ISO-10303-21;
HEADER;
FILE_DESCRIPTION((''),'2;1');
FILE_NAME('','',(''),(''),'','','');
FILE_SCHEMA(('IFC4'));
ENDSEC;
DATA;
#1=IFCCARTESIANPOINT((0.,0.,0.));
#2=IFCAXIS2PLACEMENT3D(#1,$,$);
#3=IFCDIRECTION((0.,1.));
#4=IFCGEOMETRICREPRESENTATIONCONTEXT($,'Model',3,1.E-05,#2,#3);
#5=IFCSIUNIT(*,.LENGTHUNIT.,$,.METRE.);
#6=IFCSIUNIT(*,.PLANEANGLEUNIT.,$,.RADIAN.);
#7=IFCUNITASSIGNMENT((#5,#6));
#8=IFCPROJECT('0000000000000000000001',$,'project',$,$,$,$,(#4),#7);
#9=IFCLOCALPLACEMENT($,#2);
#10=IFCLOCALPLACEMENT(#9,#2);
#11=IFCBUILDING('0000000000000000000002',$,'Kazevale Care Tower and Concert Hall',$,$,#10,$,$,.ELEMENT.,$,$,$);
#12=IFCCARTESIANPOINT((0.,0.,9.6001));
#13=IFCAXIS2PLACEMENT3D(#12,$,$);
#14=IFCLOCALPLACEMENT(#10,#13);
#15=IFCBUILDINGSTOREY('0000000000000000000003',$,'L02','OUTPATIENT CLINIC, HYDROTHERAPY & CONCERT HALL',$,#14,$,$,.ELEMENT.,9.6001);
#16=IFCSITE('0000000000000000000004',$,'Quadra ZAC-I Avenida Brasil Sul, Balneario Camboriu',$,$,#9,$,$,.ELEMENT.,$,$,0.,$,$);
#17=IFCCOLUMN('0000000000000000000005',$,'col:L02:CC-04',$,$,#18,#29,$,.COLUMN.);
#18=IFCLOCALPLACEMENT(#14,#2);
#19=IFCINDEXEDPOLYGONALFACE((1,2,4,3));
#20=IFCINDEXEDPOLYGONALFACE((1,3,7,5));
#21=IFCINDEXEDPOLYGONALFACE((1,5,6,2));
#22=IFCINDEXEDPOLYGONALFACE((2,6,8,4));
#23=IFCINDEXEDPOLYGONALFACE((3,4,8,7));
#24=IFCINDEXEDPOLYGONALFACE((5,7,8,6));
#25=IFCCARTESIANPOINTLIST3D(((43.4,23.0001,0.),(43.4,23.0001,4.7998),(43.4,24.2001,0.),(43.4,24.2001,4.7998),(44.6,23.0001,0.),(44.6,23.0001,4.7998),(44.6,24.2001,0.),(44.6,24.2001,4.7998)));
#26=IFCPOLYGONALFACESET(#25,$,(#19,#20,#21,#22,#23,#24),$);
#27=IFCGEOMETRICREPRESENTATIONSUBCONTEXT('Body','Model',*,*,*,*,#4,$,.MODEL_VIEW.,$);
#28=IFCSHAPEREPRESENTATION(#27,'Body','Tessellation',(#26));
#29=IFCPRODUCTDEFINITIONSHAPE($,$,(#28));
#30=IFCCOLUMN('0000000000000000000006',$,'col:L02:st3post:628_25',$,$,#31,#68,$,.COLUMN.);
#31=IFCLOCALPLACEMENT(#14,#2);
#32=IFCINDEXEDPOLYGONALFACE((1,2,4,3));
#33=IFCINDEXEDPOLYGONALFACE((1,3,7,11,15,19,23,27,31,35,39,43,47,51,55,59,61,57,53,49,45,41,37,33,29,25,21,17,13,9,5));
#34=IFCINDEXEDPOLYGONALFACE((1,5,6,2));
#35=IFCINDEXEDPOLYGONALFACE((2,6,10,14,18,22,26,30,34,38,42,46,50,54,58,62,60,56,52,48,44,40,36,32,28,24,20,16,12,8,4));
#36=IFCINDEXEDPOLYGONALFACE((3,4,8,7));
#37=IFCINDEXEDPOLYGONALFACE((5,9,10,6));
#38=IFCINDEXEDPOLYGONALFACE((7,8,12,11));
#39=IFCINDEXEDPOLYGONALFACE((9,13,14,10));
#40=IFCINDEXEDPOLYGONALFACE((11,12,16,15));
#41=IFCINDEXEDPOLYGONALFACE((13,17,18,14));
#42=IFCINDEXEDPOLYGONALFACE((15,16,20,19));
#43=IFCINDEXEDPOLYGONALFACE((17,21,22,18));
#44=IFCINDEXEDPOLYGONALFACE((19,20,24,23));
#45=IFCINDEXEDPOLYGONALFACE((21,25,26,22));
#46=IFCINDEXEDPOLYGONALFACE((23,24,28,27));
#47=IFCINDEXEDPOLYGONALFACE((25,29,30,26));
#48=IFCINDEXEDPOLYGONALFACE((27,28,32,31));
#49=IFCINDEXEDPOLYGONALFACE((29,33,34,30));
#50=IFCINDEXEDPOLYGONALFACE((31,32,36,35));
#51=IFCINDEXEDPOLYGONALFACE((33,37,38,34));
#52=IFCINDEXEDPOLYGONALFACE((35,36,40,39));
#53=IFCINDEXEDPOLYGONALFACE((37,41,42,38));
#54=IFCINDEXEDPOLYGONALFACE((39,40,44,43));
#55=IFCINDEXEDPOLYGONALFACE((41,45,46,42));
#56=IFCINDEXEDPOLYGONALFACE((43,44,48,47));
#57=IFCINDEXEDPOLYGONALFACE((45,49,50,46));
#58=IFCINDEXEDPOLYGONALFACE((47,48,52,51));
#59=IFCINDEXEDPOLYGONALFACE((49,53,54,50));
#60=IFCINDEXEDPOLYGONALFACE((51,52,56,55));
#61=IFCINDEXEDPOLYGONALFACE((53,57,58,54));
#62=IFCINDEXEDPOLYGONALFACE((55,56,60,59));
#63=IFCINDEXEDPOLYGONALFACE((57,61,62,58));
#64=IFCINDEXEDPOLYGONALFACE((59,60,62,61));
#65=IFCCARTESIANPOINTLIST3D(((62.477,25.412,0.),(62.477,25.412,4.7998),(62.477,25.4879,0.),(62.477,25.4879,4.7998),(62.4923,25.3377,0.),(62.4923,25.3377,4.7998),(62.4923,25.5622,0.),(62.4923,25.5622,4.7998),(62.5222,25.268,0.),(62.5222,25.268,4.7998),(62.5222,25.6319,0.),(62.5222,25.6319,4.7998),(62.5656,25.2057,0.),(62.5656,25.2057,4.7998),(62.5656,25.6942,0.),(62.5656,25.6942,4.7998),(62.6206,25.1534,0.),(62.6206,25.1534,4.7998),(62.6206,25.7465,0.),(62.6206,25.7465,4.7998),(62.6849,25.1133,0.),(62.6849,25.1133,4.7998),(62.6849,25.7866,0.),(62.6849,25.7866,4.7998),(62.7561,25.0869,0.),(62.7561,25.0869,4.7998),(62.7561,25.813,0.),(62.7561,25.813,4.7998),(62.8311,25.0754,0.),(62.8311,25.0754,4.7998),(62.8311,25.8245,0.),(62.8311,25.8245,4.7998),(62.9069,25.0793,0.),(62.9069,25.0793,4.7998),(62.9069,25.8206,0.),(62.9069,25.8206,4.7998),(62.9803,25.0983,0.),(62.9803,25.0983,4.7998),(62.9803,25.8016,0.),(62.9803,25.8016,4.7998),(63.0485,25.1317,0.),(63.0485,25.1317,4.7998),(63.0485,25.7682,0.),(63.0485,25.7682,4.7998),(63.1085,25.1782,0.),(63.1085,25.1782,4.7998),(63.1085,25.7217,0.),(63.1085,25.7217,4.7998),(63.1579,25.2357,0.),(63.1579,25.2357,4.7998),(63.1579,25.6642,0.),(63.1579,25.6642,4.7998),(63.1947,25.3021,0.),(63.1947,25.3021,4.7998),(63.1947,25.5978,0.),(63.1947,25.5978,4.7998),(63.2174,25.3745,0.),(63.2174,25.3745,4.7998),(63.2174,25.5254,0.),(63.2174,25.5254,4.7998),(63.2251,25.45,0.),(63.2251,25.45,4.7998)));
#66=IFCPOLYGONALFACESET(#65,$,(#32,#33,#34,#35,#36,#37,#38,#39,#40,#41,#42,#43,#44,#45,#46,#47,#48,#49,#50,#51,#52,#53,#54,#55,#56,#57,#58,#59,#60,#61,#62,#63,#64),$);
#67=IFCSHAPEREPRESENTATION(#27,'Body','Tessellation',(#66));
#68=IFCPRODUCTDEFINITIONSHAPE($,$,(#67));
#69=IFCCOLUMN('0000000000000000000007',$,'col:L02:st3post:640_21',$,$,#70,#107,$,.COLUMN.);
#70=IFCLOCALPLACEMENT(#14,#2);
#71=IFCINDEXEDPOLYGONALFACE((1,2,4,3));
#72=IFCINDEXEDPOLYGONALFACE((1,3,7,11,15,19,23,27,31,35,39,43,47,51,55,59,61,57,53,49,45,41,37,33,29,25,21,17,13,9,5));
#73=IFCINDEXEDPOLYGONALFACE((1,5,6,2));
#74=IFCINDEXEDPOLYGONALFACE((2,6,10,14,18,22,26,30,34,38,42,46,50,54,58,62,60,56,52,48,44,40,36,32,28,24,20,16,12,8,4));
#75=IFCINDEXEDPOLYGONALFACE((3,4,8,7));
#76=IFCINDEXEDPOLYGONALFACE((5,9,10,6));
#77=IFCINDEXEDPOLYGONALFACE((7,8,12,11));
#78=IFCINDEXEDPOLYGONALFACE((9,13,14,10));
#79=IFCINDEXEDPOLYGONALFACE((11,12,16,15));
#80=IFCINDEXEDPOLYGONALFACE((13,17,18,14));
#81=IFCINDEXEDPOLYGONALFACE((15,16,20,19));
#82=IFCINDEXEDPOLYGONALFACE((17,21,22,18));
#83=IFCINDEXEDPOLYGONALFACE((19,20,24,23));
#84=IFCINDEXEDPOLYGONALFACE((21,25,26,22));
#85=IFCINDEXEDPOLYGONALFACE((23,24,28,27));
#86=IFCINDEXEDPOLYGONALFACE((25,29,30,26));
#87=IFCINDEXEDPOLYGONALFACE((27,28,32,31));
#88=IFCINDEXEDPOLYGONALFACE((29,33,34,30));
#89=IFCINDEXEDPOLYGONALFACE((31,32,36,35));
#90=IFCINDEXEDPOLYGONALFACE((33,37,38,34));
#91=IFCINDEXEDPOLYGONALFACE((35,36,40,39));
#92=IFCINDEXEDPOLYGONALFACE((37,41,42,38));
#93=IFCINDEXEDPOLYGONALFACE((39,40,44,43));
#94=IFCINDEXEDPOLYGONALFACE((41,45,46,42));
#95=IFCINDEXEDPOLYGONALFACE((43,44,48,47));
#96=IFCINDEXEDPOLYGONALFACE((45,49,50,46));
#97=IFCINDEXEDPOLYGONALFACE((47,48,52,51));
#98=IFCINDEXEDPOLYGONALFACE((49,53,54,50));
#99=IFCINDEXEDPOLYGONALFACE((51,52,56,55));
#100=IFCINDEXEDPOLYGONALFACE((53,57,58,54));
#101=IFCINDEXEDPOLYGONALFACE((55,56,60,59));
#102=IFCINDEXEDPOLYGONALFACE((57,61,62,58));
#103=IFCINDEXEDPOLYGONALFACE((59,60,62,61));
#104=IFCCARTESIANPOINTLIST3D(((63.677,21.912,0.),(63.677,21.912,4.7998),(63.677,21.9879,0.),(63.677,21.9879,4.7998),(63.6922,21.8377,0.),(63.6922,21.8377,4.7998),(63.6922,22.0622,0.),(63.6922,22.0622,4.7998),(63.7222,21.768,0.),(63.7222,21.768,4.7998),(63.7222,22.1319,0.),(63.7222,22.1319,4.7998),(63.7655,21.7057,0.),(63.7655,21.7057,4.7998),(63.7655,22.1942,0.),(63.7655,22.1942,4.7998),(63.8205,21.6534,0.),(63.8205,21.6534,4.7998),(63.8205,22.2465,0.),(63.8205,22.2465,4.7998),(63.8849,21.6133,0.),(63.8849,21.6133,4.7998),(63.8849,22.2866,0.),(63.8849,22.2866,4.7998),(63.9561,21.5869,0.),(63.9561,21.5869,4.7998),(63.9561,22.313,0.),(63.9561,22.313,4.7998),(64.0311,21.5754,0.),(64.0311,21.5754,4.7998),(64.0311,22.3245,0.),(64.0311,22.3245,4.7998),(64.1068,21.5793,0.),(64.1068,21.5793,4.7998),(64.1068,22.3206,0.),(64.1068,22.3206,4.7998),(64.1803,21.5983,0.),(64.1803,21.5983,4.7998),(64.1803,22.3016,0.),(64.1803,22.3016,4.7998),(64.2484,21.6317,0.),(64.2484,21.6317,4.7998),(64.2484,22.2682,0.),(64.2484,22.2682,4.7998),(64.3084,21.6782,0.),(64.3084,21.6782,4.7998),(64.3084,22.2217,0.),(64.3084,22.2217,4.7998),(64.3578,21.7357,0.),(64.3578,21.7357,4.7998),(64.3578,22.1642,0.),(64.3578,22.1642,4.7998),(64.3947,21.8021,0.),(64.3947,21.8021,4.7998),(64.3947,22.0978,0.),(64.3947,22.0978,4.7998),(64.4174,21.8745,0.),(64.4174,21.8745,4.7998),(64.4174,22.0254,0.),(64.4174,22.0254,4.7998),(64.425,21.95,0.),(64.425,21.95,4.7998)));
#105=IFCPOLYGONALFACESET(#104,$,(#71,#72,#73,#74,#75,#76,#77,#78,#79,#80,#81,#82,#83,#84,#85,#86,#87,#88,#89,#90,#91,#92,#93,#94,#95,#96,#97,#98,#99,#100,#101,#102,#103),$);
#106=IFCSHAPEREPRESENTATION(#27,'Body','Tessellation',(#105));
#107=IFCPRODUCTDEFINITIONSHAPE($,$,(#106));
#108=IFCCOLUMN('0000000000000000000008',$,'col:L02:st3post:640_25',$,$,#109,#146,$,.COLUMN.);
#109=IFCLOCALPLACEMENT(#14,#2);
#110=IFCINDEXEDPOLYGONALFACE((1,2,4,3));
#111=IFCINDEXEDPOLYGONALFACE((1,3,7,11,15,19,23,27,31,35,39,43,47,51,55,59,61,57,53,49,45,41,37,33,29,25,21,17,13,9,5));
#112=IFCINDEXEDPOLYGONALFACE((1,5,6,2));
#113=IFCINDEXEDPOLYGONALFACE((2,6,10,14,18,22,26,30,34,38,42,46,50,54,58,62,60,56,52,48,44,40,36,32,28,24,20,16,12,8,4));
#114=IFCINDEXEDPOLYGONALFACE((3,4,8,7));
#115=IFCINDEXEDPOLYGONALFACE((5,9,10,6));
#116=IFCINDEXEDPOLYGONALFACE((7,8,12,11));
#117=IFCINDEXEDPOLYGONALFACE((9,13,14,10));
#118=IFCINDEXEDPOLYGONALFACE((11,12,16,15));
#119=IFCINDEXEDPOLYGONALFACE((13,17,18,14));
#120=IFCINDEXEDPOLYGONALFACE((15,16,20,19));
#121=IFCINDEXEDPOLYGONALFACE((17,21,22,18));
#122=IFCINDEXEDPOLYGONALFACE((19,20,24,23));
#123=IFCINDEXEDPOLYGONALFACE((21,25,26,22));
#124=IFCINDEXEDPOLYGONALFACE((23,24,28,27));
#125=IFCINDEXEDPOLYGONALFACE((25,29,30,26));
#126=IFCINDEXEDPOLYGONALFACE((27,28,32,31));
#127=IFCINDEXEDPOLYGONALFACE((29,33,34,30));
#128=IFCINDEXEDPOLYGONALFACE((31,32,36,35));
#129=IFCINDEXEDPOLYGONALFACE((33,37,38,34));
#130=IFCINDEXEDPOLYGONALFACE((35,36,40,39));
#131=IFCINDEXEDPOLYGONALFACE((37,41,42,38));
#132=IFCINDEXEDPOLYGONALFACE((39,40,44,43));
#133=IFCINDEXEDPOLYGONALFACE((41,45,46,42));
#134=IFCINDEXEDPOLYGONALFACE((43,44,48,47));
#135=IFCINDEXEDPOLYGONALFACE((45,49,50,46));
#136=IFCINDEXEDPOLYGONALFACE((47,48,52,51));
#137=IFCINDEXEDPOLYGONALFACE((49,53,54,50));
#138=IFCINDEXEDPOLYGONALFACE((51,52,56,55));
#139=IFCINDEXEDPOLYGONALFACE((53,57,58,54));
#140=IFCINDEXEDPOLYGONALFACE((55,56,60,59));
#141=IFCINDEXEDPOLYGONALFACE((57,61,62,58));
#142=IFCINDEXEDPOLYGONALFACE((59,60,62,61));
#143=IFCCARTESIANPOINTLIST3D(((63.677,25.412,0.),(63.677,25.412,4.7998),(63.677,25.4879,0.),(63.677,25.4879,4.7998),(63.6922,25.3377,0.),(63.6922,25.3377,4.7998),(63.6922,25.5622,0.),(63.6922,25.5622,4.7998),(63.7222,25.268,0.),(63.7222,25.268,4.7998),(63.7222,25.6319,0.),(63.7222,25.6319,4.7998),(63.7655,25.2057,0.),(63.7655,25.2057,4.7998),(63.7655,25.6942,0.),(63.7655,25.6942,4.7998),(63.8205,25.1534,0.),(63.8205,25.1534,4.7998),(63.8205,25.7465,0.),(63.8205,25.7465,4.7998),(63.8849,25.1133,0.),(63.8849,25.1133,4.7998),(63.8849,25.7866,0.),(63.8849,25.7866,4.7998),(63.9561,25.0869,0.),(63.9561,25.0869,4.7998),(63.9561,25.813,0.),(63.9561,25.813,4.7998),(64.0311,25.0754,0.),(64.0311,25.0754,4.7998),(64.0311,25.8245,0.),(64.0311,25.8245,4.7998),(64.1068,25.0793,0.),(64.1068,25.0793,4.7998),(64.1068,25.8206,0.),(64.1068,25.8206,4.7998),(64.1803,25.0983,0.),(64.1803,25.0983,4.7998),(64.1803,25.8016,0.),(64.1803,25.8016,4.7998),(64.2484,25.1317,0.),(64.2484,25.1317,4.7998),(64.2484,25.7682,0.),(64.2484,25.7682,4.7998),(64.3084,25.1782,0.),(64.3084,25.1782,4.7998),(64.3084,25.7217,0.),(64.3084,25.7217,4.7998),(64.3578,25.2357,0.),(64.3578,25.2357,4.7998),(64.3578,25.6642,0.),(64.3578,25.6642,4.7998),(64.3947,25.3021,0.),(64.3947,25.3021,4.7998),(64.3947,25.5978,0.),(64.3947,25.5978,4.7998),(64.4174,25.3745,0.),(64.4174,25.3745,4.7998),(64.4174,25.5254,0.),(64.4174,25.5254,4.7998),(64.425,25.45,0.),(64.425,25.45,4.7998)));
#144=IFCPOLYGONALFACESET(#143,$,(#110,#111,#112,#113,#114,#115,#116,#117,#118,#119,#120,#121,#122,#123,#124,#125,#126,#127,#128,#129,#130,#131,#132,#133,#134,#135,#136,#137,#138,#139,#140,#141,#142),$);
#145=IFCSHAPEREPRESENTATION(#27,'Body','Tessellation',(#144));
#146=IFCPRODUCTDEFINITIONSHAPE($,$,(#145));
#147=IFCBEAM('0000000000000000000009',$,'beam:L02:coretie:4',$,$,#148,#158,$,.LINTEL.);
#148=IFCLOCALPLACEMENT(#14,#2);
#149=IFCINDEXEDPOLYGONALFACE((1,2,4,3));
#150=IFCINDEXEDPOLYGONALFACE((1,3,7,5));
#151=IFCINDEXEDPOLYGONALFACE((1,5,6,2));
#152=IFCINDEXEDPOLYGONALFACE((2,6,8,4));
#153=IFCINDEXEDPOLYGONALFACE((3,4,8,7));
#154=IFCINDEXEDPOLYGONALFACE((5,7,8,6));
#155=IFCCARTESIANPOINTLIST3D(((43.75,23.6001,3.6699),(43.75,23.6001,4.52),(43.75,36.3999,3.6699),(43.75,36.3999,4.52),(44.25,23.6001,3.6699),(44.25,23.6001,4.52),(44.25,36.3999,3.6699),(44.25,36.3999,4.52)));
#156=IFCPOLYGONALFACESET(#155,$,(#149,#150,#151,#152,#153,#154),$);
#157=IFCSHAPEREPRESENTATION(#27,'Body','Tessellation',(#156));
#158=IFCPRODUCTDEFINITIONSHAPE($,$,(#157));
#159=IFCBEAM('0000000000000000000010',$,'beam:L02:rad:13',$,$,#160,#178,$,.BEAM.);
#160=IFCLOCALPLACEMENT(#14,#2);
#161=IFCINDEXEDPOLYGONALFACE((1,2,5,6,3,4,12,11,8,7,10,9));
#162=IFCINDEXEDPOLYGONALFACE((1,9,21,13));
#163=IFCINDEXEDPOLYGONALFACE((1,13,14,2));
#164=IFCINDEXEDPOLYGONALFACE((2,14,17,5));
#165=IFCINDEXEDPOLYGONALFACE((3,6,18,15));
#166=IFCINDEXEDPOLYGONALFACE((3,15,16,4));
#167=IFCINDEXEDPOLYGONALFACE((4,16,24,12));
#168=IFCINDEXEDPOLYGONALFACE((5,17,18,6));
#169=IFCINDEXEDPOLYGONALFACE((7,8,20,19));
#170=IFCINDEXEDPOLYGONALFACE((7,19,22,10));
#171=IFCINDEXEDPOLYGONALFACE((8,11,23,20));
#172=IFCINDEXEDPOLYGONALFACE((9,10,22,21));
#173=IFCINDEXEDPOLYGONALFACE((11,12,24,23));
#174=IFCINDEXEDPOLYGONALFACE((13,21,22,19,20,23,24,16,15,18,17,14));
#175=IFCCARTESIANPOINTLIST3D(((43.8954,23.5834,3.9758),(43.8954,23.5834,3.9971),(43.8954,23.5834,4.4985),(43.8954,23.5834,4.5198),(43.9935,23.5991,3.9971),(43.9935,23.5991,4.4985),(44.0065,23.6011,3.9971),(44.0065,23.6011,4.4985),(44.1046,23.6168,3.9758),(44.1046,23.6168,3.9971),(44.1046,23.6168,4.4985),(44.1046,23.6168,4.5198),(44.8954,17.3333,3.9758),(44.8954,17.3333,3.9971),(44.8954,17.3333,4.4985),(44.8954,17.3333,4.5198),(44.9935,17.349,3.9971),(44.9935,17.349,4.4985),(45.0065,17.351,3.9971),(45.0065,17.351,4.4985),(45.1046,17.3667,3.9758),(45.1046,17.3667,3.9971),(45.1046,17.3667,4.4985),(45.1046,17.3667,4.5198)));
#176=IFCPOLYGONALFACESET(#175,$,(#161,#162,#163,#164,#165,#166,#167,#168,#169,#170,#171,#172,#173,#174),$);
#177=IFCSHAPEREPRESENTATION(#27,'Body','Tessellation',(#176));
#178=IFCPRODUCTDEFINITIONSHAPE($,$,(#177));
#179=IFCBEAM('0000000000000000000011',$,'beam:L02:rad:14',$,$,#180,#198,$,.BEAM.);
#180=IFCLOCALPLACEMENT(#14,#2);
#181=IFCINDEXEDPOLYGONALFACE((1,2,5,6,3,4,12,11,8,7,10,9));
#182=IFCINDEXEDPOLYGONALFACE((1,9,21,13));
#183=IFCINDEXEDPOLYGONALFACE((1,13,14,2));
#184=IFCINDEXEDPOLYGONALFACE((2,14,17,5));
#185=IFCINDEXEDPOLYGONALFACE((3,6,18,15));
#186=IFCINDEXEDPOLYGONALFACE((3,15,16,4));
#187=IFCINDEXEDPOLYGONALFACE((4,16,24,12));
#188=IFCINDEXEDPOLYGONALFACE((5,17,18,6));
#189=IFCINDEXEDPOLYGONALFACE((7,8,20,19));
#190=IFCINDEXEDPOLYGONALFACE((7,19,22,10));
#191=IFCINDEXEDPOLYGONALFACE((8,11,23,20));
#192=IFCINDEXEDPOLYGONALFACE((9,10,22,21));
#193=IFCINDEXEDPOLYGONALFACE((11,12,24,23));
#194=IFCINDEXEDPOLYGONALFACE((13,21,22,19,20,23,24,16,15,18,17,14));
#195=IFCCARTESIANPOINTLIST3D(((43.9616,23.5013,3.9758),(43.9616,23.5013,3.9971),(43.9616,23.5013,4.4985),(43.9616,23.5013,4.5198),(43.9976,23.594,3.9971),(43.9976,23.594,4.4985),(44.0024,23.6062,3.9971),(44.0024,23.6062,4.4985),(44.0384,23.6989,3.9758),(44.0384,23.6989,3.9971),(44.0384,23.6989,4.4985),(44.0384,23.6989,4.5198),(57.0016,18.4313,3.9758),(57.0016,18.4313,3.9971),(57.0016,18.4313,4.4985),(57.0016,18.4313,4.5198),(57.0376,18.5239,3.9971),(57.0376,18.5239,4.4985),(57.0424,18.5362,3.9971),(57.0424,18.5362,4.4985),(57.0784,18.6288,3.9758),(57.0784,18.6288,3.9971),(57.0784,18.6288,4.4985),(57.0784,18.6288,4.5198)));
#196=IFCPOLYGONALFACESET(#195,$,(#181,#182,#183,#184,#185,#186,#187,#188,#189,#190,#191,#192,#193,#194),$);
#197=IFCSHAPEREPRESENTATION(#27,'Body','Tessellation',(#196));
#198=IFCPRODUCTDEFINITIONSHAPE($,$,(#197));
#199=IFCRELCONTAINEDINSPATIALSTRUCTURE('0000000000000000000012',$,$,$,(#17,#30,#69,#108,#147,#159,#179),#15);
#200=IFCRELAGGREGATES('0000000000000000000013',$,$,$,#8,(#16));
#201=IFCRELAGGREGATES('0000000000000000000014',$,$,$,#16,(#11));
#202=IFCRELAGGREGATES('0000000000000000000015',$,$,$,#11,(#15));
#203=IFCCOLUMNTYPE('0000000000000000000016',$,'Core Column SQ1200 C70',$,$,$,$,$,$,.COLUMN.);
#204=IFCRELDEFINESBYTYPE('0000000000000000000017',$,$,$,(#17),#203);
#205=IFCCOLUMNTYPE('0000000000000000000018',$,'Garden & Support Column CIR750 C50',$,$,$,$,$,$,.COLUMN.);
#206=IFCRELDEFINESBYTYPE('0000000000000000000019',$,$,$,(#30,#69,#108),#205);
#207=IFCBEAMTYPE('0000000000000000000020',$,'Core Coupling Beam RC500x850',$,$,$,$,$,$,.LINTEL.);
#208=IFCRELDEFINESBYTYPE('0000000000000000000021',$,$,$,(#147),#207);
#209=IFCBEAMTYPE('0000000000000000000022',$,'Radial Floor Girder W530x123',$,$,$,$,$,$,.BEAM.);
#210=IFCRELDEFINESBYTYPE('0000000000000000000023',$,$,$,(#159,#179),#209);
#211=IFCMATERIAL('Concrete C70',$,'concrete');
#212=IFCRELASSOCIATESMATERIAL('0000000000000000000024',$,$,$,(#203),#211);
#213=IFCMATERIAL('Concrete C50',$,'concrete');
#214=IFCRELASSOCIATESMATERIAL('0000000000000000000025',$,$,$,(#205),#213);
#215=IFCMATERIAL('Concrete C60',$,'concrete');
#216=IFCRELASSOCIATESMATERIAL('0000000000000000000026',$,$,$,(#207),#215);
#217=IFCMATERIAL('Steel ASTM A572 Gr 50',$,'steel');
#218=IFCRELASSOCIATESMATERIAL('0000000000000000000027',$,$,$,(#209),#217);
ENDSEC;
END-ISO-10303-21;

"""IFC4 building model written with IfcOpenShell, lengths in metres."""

from ifc_helpers import new_model, si_unit, direction, frame, origin, origin_2d, place, context, subcontext, project, spatial, rectangle, circle, i_section, extrude, material, material_profile, profile_set, type_object, element, save


model = new_model("IFC4")

# Units and contexts
model_context = context("Model", 3, precision=1e-05, world=origin(), true_north=direction((0.0, 1.0)))
body_context = subcontext(model_context, "Body", "Model", "MODEL_VIEW")
ifc_project = project(units=[si_unit("LENGTHUNIT", "METRE"), si_unit("PLANEANGLEUNIT", "RADIAN")], contexts=[model_context])

# Site, building, storey
site_placement = place(None, origin())
site = spatial("IfcSite", under=ifc_project, at=site_placement, Name="Quadra ZAC-I Avenida Brasil Sul, Balneario Camboriu", CompositionType="ELEMENT", RefElevation=0.0)
building_placement = place(site_placement, origin())
building = spatial("IfcBuilding", under=site, at=building_placement, Name="Kazevale Care Tower and Concert Hall", CompositionType="ELEMENT")
storey_placement = place(building_placement, frame((0.0, 0.0, 9.6001)))
storey = spatial("IfcBuildingStorey", under=building, at=storey_placement, Name="L02", Description="OUTPATIENT CLINIC, HYDROTHERAPY & CONCERT HALL", CompositionType="ELEMENT", Elevation=9.6001)

# Columns
ifc_material_1 = material(Name="Concrete C70", Category="concrete")
ifc_material_profile_1 = material_profile(ifc_material_1, rectangle(XDim=1.2, YDim=1.2, at=origin_2d()), Name="RC-SQ1200")
ifc_profile_set_1 = profile_set([ifc_material_profile_1], Name="Concrete C70")
column_type_1 = type_object("IfcColumnType", Name="Core Column SQ1200 C70", PredefinedType="COLUMN", material=ifc_profile_set_1)
column_placement = place(storey_placement, frame((44.0, 23.6001, 0.0), z_axis=(0.0, 0.0, 1.0), x_axis=(1.0, 0.0, 0.0)))
element("IfcColumn", 1, at=column_placement, inside=storey, type_object=column_type_1, Name="col:L02:CC-04", PredefinedType="COLUMN", context=body_context, shape_type="SweptSolid", body=[
    extrude(rectangle(XDim=1.2, YDim=1.2, at=origin_2d()), origin(), (0.0, 0.0, 1.0), 4.7998),
])
ifc_material_2 = material(Name="Concrete C50", Category="concrete")
ifc_material_profile_2 = material_profile(ifc_material_2, circle(Radius=0.375, at=origin_2d()), Name="RC-CIR750")
ifc_profile_set_2 = profile_set([ifc_material_profile_2], Name="Concrete C50")
column_type_2 = type_object("IfcColumnType", Name="Garden & Support Column CIR750 C50", PredefinedType="COLUMN", material=ifc_profile_set_2)
for number, where, z_axis, x_axis, name in (
    (2, (62.8501, 25.45, 0.0), (0.0, 0.0, 1.0), (1.0, 0.0, 0.0), "col:L02:st3post:628_25"),
    (3, (64.05, 21.95, 0.0), (0.0, 0.0, 1.0), (1.0, 0.0, 0.0), "col:L02:st3post:640_21"),
    (4, (64.05, 25.45, 0.0), (0.0, 0.0, 1.0), (1.0, 0.0, 0.0), "col:L02:st3post:640_25"),
):
    element("IfcColumn", number, at=place(storey_placement, frame(where, z_axis=z_axis, x_axis=x_axis)), inside=storey, type_object=column_type_2, Name=name, PredefinedType="COLUMN", context=body_context, shape_type="SweptSolid", body=[
        extrude(circle(Radius=0.375, at=origin_2d()), origin(), (0.0, 0.0, 1.0), 4.7998),
    ])

# Beams
ifc_material_3 = material(Name="Concrete C60", Category="concrete")
ifc_material_profile_3 = material_profile(ifc_material_3, rectangle(XDim=0.5, YDim=0.8501, at=origin_2d()), Name="RC-B500x850")
ifc_profile_set_3 = profile_set([ifc_material_profile_3], Name="Concrete C60")
beam_type_1 = type_object("IfcBeamType", Name="Core Coupling Beam RC500x850", PredefinedType="LINTEL", material=ifc_profile_set_3)
beam_1_placement = place(storey_placement, frame((44.0, 23.6001, 4.095), z_axis=(0.0, 1.0, 0.0), x_axis=(-1.0, 0.0, 0.0)))
element("IfcBeam", 5, at=beam_1_placement, inside=storey, type_object=beam_type_1, Name="beam:L02:coretie:4", PredefinedType="LINTEL", context=body_context, shape_type="SweptSolid", body=[
    extrude(rectangle(XDim=0.5, YDim=0.8501, at=origin_2d()), origin(), (0.0, 0.0, 1.0), 12.7998),
])
ifc_material_4 = material(Name="Steel ASTM A572 Gr 50", Category="steel")
ifc_material_profile_4 = material_profile(ifc_material_4, i_section(OverallWidth=0.2119, OverallDepth=0.5439, WebThickness=0.0132, FlangeThickness=0.0212, at=origin_2d()), Name="W530x123")
ifc_profile_set_4 = profile_set([ifc_material_profile_4], Name="Steel ASTM A572 Gr 50")
beam_type_2 = type_object("IfcBeamType", Name="Radial Floor Girder W530x123", PredefinedType="BEAM", material=ifc_profile_set_4)
beam_2_placement = place(storey_placement, frame((44.0, 23.6001, 4.2478), z_axis=(0.157991, -0.987441, 0.0), x_axis=(0.987441, 0.157991, 0.0)))
element("IfcBeam", 6, at=beam_2_placement, inside=storey, type_object=beam_type_2, Name="beam:L02:rad:13", PredefinedType="BEAM", context=body_context, shape_type="SweptSolid", body=[
    extrude(i_section(OverallWidth=0.2119, OverallDepth=0.5439, WebThickness=0.0132, FlangeThickness=0.0212, at=origin_2d()), origin(), (0.0, 0.0, 1.0), 6.3296),
])
beam_3_placement = place(storey_placement, frame((44.0, 23.6001, 4.2478), z_axis=(0.93203, -0.362381, 0.0), x_axis=(0.362381, 0.93203, 0.0)))
element("IfcBeam", 7, at=beam_3_placement, inside=storey, type_object=beam_type_2, Name="beam:L02:rad:14", PredefinedType="BEAM", context=body_context, shape_type="SweptSolid", body=[
    extrude(i_section(OverallWidth=0.2119, OverallDepth=0.5439, WebThickness=0.0132, FlangeThickness=0.0212, at=origin_2d()), origin(), (0.0, 0.0, 1.0), 13.991),
])

save(model, "model.ifc")
